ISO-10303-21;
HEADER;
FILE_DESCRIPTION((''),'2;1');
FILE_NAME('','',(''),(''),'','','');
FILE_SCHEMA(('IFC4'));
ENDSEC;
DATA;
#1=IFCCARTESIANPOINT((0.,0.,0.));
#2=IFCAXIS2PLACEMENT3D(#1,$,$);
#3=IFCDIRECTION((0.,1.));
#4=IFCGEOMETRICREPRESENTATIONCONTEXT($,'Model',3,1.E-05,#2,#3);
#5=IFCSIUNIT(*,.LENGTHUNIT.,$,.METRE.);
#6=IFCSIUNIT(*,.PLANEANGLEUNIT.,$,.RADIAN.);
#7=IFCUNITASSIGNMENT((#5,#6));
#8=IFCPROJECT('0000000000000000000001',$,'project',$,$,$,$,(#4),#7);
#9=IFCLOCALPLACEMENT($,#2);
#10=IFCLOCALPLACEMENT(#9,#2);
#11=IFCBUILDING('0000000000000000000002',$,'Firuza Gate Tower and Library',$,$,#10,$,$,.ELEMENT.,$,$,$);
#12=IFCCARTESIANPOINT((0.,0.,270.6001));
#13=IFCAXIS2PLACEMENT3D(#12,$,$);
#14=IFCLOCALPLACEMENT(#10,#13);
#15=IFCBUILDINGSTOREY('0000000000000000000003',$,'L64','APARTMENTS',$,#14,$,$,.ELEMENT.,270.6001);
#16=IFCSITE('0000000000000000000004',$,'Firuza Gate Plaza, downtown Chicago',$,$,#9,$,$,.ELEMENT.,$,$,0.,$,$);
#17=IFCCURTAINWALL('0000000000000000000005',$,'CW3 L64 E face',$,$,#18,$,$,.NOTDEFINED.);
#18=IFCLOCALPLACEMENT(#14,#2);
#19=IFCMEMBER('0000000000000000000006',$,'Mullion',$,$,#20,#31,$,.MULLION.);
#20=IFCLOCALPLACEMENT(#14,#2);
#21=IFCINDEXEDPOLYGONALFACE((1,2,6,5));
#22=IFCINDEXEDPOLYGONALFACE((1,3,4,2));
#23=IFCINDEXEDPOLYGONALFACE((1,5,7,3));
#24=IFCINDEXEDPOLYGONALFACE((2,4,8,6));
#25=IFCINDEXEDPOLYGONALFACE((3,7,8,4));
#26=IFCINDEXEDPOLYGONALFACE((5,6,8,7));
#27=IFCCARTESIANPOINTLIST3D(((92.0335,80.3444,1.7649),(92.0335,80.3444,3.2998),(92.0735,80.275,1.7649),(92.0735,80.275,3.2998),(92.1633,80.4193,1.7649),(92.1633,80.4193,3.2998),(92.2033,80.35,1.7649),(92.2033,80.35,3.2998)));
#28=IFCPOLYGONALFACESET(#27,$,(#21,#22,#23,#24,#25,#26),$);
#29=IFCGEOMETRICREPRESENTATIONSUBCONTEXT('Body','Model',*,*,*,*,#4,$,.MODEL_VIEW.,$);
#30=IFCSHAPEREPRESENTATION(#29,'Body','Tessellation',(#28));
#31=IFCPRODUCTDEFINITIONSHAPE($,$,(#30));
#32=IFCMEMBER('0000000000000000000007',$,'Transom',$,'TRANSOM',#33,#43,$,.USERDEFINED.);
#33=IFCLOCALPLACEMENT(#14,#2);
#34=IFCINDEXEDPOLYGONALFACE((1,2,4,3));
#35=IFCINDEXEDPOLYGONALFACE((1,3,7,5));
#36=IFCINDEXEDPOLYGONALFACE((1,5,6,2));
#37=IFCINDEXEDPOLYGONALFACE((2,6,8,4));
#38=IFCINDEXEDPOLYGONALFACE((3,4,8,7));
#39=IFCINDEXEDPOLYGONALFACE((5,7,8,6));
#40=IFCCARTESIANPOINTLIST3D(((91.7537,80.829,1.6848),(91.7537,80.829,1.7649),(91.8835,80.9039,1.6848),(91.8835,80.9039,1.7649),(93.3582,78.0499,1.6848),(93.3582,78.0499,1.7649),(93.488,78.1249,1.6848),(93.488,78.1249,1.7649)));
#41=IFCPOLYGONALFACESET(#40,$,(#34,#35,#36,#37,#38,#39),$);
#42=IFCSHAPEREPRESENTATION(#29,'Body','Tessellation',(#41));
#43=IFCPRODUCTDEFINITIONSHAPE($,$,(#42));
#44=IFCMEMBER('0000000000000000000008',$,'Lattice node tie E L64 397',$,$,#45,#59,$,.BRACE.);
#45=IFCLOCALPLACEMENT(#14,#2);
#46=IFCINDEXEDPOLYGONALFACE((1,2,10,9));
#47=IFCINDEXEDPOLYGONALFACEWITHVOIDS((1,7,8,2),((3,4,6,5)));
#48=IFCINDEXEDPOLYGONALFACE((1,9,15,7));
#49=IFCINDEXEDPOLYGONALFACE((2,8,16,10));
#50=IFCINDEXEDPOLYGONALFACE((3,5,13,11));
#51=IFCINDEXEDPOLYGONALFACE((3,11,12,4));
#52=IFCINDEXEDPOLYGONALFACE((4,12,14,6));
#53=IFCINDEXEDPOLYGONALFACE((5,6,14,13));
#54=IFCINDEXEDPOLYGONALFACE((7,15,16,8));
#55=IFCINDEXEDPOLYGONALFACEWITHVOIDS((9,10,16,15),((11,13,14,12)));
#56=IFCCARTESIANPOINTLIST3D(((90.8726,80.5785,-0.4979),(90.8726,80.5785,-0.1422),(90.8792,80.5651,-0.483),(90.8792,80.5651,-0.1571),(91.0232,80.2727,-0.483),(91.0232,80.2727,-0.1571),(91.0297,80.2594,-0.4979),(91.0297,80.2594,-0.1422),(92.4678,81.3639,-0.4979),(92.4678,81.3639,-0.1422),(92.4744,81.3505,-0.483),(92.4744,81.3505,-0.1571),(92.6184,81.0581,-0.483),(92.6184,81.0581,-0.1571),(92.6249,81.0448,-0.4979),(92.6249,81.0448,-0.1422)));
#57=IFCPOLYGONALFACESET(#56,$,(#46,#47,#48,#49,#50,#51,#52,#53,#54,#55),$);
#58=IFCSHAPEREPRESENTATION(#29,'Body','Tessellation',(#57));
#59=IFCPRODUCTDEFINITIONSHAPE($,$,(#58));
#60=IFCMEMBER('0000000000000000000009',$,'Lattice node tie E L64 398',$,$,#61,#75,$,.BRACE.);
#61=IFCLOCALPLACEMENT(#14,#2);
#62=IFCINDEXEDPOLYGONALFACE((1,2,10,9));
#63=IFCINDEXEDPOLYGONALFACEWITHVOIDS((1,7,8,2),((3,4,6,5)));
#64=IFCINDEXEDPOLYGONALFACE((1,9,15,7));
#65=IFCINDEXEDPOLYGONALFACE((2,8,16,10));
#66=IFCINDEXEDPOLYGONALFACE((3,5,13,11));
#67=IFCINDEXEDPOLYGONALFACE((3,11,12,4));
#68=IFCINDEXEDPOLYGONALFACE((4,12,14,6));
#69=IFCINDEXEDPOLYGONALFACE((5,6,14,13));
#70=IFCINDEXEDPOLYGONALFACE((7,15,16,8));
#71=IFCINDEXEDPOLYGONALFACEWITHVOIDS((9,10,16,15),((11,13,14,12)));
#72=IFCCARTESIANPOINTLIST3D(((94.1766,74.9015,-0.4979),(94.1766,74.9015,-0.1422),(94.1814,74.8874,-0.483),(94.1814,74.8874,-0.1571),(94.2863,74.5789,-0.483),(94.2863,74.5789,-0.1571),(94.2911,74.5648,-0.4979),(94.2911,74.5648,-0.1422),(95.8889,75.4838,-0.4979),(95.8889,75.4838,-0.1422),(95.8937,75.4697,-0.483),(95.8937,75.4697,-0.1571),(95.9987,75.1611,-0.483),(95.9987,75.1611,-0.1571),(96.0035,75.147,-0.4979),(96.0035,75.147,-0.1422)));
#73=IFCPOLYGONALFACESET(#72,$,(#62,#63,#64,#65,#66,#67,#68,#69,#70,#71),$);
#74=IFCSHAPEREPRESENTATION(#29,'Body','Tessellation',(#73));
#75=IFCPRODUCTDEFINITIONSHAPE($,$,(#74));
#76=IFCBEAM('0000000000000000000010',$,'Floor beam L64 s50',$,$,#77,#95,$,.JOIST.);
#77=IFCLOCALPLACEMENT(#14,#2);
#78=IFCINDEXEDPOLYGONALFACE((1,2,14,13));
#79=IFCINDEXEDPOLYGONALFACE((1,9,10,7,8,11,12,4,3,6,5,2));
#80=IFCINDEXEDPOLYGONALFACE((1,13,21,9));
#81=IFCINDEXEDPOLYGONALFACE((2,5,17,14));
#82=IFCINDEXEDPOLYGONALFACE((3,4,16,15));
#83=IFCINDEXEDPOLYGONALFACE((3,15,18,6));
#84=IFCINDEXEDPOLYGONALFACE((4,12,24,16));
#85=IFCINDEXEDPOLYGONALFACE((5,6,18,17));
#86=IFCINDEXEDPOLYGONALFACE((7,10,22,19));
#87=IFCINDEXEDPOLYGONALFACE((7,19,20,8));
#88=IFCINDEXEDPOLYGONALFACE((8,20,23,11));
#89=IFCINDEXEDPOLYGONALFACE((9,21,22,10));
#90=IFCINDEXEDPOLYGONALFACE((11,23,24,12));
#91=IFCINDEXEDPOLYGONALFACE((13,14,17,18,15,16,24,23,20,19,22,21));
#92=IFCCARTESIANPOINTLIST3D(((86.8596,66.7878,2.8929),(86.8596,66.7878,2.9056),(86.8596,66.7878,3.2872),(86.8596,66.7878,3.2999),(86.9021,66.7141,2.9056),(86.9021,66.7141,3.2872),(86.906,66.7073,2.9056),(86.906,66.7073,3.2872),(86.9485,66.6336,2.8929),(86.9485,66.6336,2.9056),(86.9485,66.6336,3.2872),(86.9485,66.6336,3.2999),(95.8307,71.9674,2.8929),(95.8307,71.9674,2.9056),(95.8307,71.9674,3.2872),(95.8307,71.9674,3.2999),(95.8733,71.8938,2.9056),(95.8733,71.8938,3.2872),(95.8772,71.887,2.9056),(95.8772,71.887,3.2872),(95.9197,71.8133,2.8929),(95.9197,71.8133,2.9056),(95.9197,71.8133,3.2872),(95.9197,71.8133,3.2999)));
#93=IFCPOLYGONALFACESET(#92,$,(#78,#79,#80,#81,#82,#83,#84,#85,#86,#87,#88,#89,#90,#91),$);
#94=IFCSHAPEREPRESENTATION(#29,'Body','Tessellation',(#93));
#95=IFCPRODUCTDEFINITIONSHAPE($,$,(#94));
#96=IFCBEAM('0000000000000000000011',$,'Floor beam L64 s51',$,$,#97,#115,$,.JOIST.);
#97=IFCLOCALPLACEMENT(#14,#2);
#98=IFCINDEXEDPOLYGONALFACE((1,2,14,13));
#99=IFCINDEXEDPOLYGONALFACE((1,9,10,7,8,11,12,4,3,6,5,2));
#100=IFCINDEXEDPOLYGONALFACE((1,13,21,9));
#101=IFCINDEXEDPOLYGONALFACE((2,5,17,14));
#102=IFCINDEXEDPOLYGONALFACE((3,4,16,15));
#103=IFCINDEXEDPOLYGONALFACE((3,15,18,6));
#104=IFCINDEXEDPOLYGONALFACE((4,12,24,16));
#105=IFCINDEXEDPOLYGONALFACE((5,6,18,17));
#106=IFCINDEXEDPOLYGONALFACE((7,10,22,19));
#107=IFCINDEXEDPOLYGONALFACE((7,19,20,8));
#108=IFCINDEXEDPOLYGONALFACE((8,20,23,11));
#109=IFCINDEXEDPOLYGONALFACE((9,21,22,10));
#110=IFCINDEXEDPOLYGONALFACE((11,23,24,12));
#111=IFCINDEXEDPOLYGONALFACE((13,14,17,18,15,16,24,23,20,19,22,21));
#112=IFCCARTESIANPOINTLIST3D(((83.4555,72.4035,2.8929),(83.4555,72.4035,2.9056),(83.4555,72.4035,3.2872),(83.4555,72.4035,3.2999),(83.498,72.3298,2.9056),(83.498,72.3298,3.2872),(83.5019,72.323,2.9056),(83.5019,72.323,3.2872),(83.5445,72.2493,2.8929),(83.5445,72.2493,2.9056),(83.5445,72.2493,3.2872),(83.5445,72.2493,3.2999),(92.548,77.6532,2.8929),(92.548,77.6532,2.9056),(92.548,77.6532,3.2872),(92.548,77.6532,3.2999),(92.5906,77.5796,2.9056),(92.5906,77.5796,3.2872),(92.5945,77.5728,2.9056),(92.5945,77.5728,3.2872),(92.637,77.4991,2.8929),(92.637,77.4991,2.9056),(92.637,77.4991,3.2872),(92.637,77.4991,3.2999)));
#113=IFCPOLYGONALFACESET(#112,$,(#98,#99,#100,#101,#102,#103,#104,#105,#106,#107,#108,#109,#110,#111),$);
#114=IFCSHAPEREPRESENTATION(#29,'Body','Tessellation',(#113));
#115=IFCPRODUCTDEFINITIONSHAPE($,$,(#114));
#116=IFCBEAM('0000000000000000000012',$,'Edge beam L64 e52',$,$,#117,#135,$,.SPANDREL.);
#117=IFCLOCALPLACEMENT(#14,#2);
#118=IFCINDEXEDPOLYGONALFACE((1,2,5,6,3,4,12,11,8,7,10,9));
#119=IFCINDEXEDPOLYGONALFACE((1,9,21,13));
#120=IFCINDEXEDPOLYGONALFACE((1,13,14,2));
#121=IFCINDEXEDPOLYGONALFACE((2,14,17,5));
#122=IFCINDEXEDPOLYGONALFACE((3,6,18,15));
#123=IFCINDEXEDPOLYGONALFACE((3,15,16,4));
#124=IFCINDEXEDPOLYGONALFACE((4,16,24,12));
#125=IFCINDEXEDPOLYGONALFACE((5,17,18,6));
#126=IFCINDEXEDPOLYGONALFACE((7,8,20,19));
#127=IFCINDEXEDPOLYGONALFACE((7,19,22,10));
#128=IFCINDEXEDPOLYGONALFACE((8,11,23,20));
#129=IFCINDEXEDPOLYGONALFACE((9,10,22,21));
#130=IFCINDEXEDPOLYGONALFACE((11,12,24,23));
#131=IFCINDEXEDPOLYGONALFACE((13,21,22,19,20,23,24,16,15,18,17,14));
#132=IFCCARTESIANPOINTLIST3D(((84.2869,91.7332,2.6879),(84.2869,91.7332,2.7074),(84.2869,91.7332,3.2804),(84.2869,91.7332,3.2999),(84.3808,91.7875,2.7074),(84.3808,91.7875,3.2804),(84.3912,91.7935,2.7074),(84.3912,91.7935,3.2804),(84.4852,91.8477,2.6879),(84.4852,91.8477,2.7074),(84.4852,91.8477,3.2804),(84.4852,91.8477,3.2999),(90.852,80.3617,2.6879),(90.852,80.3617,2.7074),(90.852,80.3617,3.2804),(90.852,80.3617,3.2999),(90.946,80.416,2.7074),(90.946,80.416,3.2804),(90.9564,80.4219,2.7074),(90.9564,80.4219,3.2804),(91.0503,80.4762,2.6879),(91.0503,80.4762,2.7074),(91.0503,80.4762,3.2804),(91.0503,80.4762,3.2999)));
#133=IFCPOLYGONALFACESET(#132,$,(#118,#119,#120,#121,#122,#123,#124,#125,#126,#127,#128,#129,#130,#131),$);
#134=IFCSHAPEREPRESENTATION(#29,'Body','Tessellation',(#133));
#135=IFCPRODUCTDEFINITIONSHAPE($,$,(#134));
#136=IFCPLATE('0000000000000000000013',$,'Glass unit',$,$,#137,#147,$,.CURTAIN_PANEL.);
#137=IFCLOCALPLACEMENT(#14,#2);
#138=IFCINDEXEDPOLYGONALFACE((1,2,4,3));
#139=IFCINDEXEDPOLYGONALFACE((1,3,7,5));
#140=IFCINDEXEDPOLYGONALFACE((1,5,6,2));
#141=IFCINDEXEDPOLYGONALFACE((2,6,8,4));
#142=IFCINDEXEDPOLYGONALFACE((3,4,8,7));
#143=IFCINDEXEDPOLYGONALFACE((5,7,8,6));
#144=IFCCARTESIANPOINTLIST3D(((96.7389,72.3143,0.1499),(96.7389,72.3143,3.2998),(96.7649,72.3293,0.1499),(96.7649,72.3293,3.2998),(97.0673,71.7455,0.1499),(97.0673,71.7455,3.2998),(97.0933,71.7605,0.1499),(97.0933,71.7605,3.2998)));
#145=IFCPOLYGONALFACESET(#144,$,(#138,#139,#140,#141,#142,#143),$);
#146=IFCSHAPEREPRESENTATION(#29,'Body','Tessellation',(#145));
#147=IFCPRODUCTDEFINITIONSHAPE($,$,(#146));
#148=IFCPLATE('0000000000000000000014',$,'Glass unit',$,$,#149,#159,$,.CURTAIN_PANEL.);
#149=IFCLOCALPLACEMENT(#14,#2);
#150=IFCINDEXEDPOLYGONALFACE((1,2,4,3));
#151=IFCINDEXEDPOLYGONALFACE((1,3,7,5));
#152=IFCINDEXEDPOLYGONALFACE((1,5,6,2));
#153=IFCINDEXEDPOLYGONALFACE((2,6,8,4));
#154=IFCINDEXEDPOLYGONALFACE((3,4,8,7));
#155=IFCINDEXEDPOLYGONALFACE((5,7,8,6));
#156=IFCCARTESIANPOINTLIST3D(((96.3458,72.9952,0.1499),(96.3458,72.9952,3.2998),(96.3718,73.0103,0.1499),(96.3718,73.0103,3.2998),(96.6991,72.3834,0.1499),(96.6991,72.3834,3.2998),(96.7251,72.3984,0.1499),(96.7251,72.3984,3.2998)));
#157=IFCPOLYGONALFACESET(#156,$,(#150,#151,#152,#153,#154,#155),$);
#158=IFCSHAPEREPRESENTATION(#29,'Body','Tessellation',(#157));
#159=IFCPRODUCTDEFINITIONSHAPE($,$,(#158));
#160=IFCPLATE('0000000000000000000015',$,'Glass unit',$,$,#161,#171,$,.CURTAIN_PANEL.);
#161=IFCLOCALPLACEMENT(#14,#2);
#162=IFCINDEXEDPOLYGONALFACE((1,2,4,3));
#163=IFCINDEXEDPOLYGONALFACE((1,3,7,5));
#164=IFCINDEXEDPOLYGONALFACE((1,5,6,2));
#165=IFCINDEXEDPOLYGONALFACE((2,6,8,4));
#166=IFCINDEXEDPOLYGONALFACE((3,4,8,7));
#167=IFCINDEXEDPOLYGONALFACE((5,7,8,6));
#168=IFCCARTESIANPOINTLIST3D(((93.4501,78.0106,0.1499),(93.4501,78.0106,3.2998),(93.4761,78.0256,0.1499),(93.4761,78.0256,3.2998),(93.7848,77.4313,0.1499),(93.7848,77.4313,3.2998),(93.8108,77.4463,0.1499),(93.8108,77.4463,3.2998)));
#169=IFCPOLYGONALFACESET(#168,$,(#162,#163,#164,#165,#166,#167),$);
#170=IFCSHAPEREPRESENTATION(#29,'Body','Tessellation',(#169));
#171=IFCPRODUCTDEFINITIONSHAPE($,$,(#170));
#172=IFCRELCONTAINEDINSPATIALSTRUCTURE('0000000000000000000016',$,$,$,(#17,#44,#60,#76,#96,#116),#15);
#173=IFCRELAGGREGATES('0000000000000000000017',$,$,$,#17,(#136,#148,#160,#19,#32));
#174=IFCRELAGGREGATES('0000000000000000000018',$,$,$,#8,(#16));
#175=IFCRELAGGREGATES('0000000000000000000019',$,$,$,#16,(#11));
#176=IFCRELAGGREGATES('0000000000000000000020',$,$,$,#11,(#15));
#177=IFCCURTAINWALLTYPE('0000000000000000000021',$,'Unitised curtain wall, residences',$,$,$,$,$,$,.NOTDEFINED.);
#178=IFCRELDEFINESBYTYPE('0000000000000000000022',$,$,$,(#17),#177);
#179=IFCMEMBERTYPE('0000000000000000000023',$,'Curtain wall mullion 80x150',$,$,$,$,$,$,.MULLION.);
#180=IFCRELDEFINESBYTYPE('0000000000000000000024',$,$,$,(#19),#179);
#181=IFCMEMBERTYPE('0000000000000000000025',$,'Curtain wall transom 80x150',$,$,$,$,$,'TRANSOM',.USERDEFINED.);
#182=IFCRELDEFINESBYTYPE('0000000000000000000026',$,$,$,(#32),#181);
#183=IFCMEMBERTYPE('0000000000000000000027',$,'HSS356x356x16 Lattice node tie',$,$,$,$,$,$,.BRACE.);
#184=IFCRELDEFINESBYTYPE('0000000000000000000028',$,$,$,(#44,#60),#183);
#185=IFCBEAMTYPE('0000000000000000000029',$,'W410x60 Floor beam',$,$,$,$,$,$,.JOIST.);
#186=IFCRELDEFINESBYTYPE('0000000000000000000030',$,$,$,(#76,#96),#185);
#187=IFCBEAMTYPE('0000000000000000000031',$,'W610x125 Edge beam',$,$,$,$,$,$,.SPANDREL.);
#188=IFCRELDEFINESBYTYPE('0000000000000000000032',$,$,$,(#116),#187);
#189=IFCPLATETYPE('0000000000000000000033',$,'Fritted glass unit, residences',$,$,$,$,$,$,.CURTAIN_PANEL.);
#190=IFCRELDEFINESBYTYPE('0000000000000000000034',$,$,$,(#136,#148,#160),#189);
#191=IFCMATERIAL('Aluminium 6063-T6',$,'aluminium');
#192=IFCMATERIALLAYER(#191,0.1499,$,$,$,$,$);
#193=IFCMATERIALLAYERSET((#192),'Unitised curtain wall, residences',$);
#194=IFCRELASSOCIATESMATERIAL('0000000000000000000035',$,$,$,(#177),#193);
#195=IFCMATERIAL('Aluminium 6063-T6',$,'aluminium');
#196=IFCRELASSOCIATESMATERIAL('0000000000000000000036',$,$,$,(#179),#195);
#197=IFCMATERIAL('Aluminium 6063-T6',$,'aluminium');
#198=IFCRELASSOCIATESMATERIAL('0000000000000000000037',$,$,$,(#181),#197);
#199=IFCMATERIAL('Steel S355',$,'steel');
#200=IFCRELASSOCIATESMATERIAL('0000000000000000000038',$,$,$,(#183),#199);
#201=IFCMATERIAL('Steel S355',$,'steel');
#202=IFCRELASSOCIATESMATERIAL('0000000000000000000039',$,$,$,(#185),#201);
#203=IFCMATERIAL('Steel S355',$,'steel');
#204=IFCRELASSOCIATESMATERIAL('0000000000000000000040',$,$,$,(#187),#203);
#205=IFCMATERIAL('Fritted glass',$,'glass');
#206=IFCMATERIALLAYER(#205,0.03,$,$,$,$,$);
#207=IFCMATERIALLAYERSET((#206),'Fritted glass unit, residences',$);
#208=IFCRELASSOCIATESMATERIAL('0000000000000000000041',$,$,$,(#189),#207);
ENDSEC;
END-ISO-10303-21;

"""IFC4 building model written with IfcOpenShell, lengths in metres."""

from ifc_helpers import new_model, si_unit, direction, frame, origin, origin_2d, place, context, subcontext, project, spatial, polyline, rectangle, hollow_rectangle, i_section, outline, extrude, material, layer, layer_set, material_profile, profile_set, type_object, element, aggregate, save


model = new_model("IFC4")

# Units and contexts
model_context = context("Model", 3, precision=1e-05, world=origin(), true_north=direction((0.0, 1.0)))
body_context = subcontext(model_context, "Body", "Model", "MODEL_VIEW")
ifc_project = project(units=[si_unit("LENGTHUNIT", "METRE"), si_unit("PLANEANGLEUNIT", "RADIAN")], contexts=[model_context])

# Site, building, storey
site_placement = place(None, origin())
site = spatial("IfcSite", under=ifc_project, at=site_placement, Name="Firuza Gate Plaza, downtown Chicago", CompositionType="ELEMENT", RefElevation=0.0)
building_placement = place(site_placement, origin())
building = spatial("IfcBuilding", under=site, at=building_placement, Name="Firuza Gate Tower and Library", CompositionType="ELEMENT")
storey_placement = place(building_placement, frame((0.0, 0.0, 270.6001)))
storey = spatial("IfcBuildingStorey", under=building, at=storey_placement, Name="L64", Description="APARTMENTS", CompositionType="ELEMENT", Elevation=270.6001)

# Curtain wall, members
ifc_material_1 = material(Name="Aluminium 6063-T6", Category="aluminium")
ifc_layer_1 = layer(ifc_material_1, 0.1499)
ifc_layer_set_1 = layer_set([ifc_layer_1], Name="Unitised curtain wall, residences")
curtain_wall_type = type_object("IfcCurtainWallType", Name="Unitised curtain wall, residences", PredefinedType="NOTDEFINED", material=ifc_layer_set_1)
curtain_wall_placement = place(storey_placement, origin())
curtain_wall = element("IfcCurtainWall", 1, at=curtain_wall_placement, inside=storey, type_object=curtain_wall_type, Name="CW3 L64 E face", PredefinedType="NOTDEFINED")
ifc_material_2 = material(Name="Aluminium 6063-T6", Category="aluminium")
ifc_material_profile_1 = material_profile(ifc_material_2, rectangle(XDim=0.1499, YDim=0.0801, at=origin_2d()))
ifc_profile_set_1 = profile_set([ifc_material_profile_1], Name="Aluminium 6063-T6")
member_type_1 = type_object("IfcMemberType", Name="Curtain wall mullion 80x150", PredefinedType="MULLION", material=ifc_profile_set_1)
member_1_placement = place(storey_placement, frame((92.1184, 80.3472, 1.7649), z_axis=(0.0, 0.0, 1.0), x_axis=(-0.866025, -0.5, 0.0)))
member_1 = element("IfcMember", 2, at=member_1_placement, type_object=member_type_1, Name="Mullion", PredefinedType="MULLION", context=body_context, shape_type="SweptSolid", body=[
    extrude(rectangle(XDim=0.1499, YDim=0.0801, at=origin_2d()), origin(), (0.0, 0.0, 1.0), 1.5349),
])
ifc_material_3 = material(Name="Aluminium 6063-T6", Category="aluminium")
ifc_material_profile_2 = material_profile(ifc_material_3, rectangle(XDim=0.1499, YDim=0.0801, at=origin_2d()))
ifc_profile_set_2 = profile_set([ifc_material_profile_2], Name="Aluminium 6063-T6")
member_type_2 = type_object("IfcMemberType", Name="Curtain wall transom 80x150", ElementType="TRANSOM", PredefinedType="USERDEFINED", material=ifc_profile_set_2)
member_2_placement = place(storey_placement, frame((93.4231, 78.0874, 1.7249), z_axis=(-0.500001, 0.866025, 0.0), x_axis=(-0.866025, -0.500001, 0.0)))
member_2 = element("IfcMember", 3, at=member_2_placement, type_object=member_type_2, Name="Transom", ObjectType="TRANSOM", PredefinedType="USERDEFINED", context=body_context, shape_type="SweptSolid", body=[
    extrude(rectangle(XDim=0.1499, YDim=0.0801, at=origin_2d()), origin(), (0.0, 0.0, 1.0), 3.209),
])

# Members
ifc_material_4 = material(Name="Steel S355", Category="steel")
ifc_material_profile_3 = material_profile(ifc_material_4, hollow_rectangle(XDim=0.3557, YDim=0.3557, WallThickness=0.0149, at=origin_2d()))
ifc_profile_set_3 = profile_set([ifc_material_profile_3], Name="Steel S355")
member_type_3 = type_object("IfcMemberType", Name="HSS356x356x16 Lattice node tie", PredefinedType="BRACE", material=ifc_profile_set_3)
member_3_placement = place(storey_placement, frame((90.9512, 80.4189, -0.3201), z_axis=(0.897156, 0.441713, 0.0), x_axis=(-0.441713, 0.897156, 0.0)))
element("IfcMember", 4, at=member_3_placement, inside=storey, type_object=member_type_3, Name="Lattice node tie E L64 397", PredefinedType="BRACE", context=body_context, shape_type="SweptSolid", body=[
    extrude(hollow_rectangle(XDim=0.3557, YDim=0.3557, WallThickness=0.0149, at=origin_2d()), origin(), (0.0, 0.0, 1.0), 1.7781),
])
member_4_placement = place(storey_placement, frame((94.2339, 74.7332, -0.3201), z_axis=(0.946763, 0.321932, 0.0), x_axis=(-0.321932, 0.946763, 0.0)))
element("IfcMember", 5, at=member_4_placement, inside=storey, type_object=member_type_3, Name="Lattice node tie E L64 398", PredefinedType="BRACE", context=body_context, shape_type="SweptSolid", body=[
    extrude(hollow_rectangle(XDim=0.3557, YDim=0.3557, WallThickness=0.0149, at=origin_2d()), origin(), (0.0, 0.0, 1.0), 1.8086),
])

# Beams
ifc_material_5 = material(Name="Steel S355", Category="steel")
ifc_material_profile_4 = material_profile(ifc_material_5, i_section(OverallWidth=0.178, OverallDepth=0.407, WebThickness=0.0078, FlangeThickness=0.0127, at=origin_2d()))
ifc_profile_set_4 = profile_set([ifc_material_profile_4], Name="Steel S355")
beam_type_1 = type_object("IfcBeamType", Name="W410x60 Floor beam", PredefinedType="JOIST", material=ifc_profile_set_4)
beam_1_placement = place(storey_placement, frame((95.8752, 71.8904, 3.0964), z_axis=(-0.866018, -0.500012, 0.0), x_axis=(0.500012, -0.866018, 0.0)))
element("IfcBeam", 6, at=beam_1_placement, inside=storey, type_object=beam_type_1, Name="Floor beam L64 s50", PredefinedType="JOIST", context=body_context, shape_type="SweptSolid", body=[
    extrude(i_section(OverallWidth=0.178, OverallDepth=0.407, WebThickness=0.0078, FlangeThickness=0.0127, at=origin_2d()), origin(), (0.0, 0.0, 1.0), 10.3591),
])
beam_2_placement = place(storey_placement, frame((92.5925, 77.5762, 3.0964), z_axis=(-0.866018, -0.500013, 0.0), x_axis=(0.500013, -0.866018, 0.0)))
element("IfcBeam", 7, at=beam_2_placement, inside=storey, type_object=beam_type_1, Name="Floor beam L64 s51", PredefinedType="JOIST", context=body_context, shape_type="SweptSolid", body=[
    extrude(i_section(OverallWidth=0.178, OverallDepth=0.407, WebThickness=0.0078, FlangeThickness=0.0127, at=origin_2d()), origin(), (0.0, 0.0, 1.0), 10.4993),
])
ifc_material_6 = material(Name="Steel S355", Category="steel")
ifc_material_profile_5 = material_profile(ifc_material_6, i_section(OverallWidth=0.229, OverallDepth=0.6121, WebThickness=0.012, FlangeThickness=0.0195, at=origin_2d()))
ifc_profile_set_5 = profile_set([ifc_material_profile_5], Name="Steel S355")
beam_type_2 = type_object("IfcBeamType", Name="W610x125 Edge beam", PredefinedType="SPANDREL", material=ifc_profile_set_5)
beam_3_placement = place(storey_placement, frame((90.9512, 80.4189, 2.9939), z_axis=(-0.499989, 0.866032, 0.0), x_axis=(-0.866032, -0.499989, 0.0)))
element("IfcBeam", 8, at=beam_3_placement, inside=storey, type_object=beam_type_2, Name="Edge beam L64 e52", PredefinedType="SPANDREL", context=body_context, shape_type="SweptSolid", body=[
    extrude(i_section(OverallWidth=0.229, OverallDepth=0.6121, WebThickness=0.012, FlangeThickness=0.0195, at=origin_2d()), origin(), (0.0, 0.0, 1.0), 13.1306),
])

# Plates
ifc_material_7 = material(Name="Fritted glass", Category="glass")
ifc_layer_2 = layer(ifc_material_7, 0.03)
ifc_layer_set_2 = layer_set([ifc_layer_2], Name="Fritted glass unit, residences")
plate_type_1 = type_object("IfcPlateType", Name="Fritted glass unit, residences", PredefinedType="CURTAIN_PANEL", material=ifc_layer_set_2)
plate_1_placement = place(storey_placement, frame((97.0933, 71.7605, 0.1499), z_axis=(0.866062, 0.499937, 0.0), x_axis=(-0.499937, 0.866062, 0.0)))
plate_1 = element("IfcPlate", 9, at=plate_1_placement, type_object=plate_type_1, Name="Glass unit", PredefinedType="CURTAIN_PANEL", context=body_context, shape_type="SweptSolid", body=[
    extrude(outline(polyline([(0.0, 0.0), (0.6568, 0.0), (0.6568, 3.1499), (0.0, 3.1499), (0.0, 0.0)])), origin(), (0.0, 0.0, -1.0), 0.03),
])
plate_2_placement = place(storey_placement, frame((96.7251, 72.3984, 0.1499), z_axis=(0.866001, 0.500042, 0.0), x_axis=(-0.500042, 0.866001, 0.0)))
plate_2 = element("IfcPlate", 10, at=plate_2_placement, type_object=plate_type_1, Name="Glass unit", PredefinedType="CURTAIN_PANEL", context=body_context, shape_type="SweptSolid", body=[
    extrude(outline(polyline([(0.0, 0.0), (0.7065, 0.0), (0.7065, 3.1499), (0.0, 3.1499), (0.0, 0.0)])), origin(), (0.0, 0.0, -1.0), 0.03),
])
plate_3_placement = place(storey_placement, frame((93.8108, 77.4463, 0.1499), z_axis=(0.865876, 0.500259, 0.0), x_axis=(-0.500259, 0.865876, 0.0)))
plate_3 = element("IfcPlate", 11, at=plate_3_placement, type_object=plate_type_1, Name="Glass unit", PredefinedType="CURTAIN_PANEL", context=body_context, shape_type="SweptSolid", body=[
    extrude(outline(polyline([(0.0, 0.0), (0.6691, 0.0), (0.6691, 3.1499), (0.0, 3.1499), (0.0, 0.0)])), origin(), (0.0, 0.0, -1.0), 0.03),
])
aggregate(curtain_wall, [plate_1, plate_2, plate_3, member_1, member_2])

save(model, "model.ifc")
